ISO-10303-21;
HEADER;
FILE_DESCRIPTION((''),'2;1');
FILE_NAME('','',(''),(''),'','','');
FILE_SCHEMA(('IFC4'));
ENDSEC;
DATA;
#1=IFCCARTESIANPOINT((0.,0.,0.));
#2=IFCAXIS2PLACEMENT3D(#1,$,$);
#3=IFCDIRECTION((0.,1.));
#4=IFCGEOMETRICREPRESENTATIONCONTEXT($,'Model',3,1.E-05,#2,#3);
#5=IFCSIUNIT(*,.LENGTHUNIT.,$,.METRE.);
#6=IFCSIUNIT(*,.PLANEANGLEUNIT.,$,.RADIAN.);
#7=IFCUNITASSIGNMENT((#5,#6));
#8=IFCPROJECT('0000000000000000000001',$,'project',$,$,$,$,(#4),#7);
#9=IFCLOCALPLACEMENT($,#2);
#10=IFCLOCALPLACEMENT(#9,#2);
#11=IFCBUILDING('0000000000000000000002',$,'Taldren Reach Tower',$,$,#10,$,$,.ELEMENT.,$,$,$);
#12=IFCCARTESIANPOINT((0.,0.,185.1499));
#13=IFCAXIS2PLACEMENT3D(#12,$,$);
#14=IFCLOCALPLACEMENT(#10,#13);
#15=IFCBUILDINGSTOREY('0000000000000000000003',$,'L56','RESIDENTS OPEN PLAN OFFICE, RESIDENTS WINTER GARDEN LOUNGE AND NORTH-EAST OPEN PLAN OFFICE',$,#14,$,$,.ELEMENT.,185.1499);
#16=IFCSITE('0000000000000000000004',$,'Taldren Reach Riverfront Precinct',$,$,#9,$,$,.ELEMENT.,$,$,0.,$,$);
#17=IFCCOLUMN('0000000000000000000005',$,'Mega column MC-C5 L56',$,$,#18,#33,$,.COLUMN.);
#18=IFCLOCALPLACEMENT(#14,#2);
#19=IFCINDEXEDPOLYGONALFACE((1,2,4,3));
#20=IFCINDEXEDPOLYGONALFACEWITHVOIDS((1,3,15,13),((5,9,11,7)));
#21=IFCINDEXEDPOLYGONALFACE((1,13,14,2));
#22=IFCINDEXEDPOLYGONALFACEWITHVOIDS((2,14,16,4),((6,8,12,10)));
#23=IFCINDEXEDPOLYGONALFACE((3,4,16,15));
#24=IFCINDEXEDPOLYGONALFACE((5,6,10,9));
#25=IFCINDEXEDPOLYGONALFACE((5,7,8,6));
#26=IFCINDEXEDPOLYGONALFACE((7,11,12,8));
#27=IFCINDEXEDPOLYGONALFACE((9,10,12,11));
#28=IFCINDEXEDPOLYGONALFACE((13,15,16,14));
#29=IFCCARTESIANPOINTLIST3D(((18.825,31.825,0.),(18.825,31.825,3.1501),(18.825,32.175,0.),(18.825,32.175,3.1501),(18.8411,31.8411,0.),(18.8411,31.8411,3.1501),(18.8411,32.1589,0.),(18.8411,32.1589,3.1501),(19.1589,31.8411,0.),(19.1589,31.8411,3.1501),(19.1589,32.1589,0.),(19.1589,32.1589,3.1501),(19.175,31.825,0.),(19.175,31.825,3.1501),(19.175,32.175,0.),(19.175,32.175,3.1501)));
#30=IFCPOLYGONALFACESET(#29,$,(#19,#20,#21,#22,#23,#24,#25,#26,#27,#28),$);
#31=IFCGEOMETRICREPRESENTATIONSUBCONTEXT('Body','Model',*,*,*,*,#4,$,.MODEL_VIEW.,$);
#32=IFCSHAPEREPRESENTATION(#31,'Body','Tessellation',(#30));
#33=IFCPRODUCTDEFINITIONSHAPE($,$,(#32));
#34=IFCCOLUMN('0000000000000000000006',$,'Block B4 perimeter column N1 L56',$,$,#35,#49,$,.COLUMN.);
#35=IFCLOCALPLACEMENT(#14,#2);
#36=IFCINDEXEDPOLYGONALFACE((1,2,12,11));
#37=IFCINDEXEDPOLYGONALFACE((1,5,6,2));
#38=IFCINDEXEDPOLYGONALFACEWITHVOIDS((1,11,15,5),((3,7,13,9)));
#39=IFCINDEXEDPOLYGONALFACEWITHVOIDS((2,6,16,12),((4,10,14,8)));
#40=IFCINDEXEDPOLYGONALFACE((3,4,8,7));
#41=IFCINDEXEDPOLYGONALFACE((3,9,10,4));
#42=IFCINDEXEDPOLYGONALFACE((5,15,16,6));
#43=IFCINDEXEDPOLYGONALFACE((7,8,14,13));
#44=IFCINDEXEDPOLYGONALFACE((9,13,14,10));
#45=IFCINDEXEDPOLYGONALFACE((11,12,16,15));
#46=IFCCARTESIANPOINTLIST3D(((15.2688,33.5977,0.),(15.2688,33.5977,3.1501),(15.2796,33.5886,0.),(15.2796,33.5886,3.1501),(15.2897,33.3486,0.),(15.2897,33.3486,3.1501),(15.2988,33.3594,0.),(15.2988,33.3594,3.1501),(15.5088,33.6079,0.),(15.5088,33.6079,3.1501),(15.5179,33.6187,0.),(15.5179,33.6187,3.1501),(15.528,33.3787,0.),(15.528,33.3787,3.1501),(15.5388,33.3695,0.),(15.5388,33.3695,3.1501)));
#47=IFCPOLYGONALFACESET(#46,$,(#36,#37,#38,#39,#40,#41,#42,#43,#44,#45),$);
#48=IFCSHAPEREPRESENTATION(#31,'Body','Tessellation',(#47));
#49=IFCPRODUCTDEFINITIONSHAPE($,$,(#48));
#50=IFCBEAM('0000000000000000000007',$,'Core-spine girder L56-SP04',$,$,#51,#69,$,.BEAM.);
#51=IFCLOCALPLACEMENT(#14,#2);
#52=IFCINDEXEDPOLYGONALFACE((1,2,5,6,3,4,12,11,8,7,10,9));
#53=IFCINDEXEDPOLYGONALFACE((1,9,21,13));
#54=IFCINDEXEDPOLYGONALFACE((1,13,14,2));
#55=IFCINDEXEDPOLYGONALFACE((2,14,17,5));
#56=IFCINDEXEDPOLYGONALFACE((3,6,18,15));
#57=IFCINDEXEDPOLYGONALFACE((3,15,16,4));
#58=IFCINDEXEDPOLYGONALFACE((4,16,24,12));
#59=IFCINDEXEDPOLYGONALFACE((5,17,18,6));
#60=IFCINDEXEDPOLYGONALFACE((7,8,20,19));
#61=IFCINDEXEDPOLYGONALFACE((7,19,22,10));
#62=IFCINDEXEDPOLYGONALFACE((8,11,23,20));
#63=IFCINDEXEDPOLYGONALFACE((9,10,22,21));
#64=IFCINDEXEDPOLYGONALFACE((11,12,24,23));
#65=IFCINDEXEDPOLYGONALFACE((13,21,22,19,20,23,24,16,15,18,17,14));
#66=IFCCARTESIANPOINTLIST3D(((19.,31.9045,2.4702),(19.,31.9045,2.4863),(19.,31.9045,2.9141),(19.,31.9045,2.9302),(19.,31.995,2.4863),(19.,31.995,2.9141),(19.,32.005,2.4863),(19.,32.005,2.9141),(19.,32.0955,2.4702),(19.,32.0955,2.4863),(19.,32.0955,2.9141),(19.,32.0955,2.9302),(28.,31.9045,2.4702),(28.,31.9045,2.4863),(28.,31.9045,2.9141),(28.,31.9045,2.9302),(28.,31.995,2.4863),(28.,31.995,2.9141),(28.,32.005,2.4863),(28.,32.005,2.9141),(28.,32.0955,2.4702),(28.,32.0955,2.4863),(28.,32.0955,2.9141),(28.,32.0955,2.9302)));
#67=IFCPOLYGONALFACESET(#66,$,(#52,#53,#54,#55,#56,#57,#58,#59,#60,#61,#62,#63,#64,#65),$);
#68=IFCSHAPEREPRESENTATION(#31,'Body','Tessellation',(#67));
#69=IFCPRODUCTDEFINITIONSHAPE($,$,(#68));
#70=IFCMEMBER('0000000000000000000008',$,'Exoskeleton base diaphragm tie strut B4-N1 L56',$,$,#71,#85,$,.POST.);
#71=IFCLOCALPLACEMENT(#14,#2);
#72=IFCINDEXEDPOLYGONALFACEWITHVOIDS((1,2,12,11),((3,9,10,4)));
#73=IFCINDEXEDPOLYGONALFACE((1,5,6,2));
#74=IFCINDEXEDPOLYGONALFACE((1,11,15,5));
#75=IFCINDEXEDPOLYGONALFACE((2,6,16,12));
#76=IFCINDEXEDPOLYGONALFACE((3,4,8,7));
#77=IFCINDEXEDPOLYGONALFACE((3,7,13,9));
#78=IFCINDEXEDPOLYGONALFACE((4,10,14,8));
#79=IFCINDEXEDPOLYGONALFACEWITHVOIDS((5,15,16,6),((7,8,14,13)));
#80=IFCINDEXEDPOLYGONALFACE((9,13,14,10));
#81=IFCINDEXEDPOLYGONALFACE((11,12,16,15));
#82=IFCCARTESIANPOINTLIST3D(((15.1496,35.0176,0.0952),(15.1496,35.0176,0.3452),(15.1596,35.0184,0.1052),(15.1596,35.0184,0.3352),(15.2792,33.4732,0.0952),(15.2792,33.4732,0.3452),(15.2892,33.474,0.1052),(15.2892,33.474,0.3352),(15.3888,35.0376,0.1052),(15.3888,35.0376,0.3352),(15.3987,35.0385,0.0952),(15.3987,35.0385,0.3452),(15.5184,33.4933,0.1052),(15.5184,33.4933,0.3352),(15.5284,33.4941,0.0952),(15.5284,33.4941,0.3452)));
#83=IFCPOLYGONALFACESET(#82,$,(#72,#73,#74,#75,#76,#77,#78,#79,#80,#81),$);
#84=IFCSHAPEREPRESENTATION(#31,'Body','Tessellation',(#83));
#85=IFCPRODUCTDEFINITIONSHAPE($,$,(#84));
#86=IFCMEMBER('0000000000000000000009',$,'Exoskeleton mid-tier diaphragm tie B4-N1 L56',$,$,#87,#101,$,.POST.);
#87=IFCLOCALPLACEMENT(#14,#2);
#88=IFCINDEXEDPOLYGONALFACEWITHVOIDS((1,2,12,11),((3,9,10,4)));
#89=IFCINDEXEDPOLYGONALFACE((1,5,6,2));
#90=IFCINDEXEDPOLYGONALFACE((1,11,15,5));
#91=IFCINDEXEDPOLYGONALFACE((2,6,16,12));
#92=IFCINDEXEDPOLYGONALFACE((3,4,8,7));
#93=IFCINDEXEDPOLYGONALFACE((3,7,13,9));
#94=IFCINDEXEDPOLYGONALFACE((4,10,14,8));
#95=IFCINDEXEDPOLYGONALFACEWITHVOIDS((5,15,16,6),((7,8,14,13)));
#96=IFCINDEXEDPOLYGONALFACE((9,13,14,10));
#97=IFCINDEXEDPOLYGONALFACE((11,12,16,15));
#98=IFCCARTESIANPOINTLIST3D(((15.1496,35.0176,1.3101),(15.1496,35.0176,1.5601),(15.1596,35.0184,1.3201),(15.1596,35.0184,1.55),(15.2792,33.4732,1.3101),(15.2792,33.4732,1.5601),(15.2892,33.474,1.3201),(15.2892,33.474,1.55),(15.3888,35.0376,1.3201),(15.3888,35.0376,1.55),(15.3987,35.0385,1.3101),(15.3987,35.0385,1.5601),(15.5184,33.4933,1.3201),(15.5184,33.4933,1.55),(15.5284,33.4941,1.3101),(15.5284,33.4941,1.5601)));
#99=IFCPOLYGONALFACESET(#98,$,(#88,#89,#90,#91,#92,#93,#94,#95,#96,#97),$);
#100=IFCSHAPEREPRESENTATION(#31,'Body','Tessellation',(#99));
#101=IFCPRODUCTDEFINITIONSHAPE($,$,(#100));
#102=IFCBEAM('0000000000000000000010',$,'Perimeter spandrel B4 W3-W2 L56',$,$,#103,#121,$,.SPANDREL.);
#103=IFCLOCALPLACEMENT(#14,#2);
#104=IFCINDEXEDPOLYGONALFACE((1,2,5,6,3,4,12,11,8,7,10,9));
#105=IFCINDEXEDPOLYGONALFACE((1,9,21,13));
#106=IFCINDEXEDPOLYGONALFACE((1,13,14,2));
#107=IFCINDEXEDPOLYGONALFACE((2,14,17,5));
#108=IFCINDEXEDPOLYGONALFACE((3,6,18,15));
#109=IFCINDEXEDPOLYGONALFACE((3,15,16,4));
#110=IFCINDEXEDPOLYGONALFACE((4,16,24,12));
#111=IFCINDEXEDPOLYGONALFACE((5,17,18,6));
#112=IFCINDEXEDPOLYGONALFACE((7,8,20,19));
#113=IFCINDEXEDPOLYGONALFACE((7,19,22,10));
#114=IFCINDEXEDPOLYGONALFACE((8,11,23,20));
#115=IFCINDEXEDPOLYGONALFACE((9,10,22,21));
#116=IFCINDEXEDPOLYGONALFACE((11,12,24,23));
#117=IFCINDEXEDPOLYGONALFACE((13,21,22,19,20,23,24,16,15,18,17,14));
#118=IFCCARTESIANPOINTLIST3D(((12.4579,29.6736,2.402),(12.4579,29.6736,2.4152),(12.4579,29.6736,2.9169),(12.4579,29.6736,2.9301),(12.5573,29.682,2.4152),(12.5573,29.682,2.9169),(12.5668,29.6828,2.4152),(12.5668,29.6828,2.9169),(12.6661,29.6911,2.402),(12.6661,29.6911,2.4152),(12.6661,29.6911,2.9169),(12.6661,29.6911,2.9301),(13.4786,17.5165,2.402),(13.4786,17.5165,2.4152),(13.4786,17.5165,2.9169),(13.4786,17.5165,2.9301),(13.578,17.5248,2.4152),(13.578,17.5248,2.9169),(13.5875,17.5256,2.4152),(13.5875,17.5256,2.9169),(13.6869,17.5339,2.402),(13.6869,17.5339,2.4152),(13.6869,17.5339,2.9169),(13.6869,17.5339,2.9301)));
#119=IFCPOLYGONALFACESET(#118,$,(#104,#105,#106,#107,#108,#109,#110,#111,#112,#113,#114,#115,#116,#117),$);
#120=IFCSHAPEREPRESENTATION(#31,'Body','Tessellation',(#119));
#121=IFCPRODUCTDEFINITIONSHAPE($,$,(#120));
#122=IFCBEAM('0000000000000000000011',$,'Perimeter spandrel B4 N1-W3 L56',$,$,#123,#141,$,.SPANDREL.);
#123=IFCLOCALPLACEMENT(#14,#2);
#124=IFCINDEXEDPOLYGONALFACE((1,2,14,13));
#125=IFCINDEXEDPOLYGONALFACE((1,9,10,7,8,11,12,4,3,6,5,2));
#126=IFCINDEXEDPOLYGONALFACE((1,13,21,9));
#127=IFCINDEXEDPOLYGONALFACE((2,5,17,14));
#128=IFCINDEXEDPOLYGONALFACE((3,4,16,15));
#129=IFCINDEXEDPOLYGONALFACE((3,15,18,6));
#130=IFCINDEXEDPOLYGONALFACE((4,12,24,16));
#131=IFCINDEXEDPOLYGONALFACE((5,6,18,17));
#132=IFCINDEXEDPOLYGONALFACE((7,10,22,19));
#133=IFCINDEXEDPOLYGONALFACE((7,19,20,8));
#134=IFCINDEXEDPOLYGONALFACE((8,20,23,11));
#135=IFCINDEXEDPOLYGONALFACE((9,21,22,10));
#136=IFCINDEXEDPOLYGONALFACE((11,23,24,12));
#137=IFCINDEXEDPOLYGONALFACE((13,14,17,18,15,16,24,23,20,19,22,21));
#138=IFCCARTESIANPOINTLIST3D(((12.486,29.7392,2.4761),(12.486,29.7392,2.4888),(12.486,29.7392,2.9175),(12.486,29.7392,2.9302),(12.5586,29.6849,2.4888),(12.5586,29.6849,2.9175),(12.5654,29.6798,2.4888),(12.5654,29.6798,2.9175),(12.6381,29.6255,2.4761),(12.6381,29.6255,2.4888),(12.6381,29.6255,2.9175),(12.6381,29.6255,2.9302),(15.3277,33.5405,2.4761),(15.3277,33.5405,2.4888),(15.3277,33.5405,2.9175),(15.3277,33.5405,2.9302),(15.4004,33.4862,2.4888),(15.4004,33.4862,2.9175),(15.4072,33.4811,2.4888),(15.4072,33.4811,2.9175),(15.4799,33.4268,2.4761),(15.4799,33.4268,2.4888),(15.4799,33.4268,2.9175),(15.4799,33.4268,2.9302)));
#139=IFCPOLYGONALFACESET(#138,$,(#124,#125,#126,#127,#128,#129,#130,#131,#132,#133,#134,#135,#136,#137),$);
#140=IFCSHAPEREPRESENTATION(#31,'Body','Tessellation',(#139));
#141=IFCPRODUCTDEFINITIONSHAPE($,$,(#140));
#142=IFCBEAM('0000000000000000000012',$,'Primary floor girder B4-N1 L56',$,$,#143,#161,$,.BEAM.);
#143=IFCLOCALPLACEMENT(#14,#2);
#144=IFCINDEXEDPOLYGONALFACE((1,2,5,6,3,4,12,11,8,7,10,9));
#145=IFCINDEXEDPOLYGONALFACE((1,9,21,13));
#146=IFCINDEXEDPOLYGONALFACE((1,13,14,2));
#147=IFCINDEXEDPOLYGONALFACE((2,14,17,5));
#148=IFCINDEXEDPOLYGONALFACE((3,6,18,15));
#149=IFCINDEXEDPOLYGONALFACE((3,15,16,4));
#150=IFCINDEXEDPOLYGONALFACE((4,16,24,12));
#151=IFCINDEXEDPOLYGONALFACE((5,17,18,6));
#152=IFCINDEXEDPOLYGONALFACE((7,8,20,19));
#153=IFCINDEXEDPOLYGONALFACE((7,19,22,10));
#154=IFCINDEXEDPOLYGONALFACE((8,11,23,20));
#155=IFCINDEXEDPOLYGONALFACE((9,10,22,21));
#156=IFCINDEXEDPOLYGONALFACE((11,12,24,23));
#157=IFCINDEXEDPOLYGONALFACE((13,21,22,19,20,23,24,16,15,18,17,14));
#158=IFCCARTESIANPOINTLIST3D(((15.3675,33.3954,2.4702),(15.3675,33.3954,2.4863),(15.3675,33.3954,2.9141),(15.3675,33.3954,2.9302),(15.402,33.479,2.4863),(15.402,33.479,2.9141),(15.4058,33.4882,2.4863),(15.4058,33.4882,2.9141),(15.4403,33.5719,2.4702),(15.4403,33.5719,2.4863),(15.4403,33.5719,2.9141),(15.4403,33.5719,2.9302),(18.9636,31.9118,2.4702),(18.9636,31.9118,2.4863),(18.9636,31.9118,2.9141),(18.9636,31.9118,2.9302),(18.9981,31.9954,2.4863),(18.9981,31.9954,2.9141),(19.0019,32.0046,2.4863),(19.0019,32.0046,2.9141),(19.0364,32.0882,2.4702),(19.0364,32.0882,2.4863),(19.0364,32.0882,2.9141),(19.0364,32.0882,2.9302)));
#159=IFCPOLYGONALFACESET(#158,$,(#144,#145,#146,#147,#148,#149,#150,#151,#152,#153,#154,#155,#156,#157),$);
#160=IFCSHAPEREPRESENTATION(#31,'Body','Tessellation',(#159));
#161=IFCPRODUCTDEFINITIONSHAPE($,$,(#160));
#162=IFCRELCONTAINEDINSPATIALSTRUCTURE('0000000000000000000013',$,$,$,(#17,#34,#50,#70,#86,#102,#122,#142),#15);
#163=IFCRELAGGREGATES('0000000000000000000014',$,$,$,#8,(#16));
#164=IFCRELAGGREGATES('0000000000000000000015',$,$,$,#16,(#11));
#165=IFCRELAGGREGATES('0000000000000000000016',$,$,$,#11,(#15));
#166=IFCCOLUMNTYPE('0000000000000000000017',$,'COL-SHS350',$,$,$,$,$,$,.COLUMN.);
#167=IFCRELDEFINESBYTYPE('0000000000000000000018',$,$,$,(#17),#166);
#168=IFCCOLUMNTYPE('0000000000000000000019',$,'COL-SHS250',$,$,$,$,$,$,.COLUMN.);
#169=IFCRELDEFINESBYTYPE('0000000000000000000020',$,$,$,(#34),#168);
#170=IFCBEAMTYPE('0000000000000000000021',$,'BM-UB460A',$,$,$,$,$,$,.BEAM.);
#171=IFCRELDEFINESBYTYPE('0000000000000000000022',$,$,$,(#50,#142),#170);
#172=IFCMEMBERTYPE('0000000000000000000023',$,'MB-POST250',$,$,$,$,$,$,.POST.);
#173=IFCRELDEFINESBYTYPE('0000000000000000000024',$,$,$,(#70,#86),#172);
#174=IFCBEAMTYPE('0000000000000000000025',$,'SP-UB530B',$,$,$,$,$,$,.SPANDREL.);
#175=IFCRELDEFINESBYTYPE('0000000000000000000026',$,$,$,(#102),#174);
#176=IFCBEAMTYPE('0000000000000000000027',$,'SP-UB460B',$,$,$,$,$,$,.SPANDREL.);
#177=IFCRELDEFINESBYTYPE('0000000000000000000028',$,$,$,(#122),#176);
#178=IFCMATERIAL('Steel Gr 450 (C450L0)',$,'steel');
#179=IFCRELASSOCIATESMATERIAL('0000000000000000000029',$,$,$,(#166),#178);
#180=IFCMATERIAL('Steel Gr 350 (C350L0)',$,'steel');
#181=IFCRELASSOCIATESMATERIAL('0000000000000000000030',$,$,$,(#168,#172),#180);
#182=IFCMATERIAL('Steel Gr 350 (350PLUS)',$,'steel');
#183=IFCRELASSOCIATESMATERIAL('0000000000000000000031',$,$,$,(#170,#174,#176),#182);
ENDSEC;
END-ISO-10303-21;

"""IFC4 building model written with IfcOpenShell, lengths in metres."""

from ifc_helpers import new_model, si_unit, direction, frame, origin, origin_2d, place, context, subcontext, project, spatial, hollow_rectangle, i_section, extrude, source, transform, mapped, material, material_profile, profile_set, type_object, element, save


model = new_model("IFC4")

# Units and contexts
model_context = context("Model", 3, precision=1e-05, world=origin(), true_north=direction((0.0, 1.0)))
body_context = subcontext(model_context, "Body", "Model", "MODEL_VIEW")
ifc_project = project(units=[si_unit("LENGTHUNIT", "METRE"), si_unit("PLANEANGLEUNIT", "RADIAN")], contexts=[model_context])

# Site, building, storey
site_placement = place(None, origin())
site = spatial("IfcSite", under=ifc_project, at=site_placement, Name="Taldren Reach Riverfront Precinct", CompositionType="ELEMENT", RefElevation=0.0)
building_placement = place(site_placement, origin())
building = spatial("IfcBuilding", under=site, at=building_placement, Name="Taldren Reach Tower", CompositionType="ELEMENT")
storey_placement = place(building_placement, frame((0.0, 0.0, 185.1499)))
storey = spatial("IfcBuildingStorey", under=building, at=storey_placement, Name="L56", Description="RESIDENTS OPEN PLAN OFFICE, RESIDENTS WINTER GARDEN LOUNGE AND NORTH-EAST OPEN PLAN OFFICE", CompositionType="ELEMENT", Elevation=185.1499)

# Columns
ifc_material_1 = material(Name="Steel Gr 450 (C450L0)", Category="steel")
ifc_material_profile_1 = material_profile(ifc_material_1, hollow_rectangle(XDim=0.3501, YDim=0.3501, WallThickness=0.0161, at=origin_2d()), Name="350x350x16.0SHS")
ifc_profile_set_1 = profile_set([ifc_material_profile_1], Name="Steel Gr 450 (C450L0)")
column_type_1 = type_object("IfcColumnType", Name="COL-SHS350", PredefinedType="COLUMN", material=ifc_profile_set_1)
shared_shape_1 = source(origin(), body_context, "Body", "SweptSolid", [
    extrude(hollow_rectangle(XDim=0.3501, YDim=0.3501, WallThickness=0.0161, at=origin_2d()), origin(), (0.0, 0.0, 1.0), 3.1501),
])
column_1_placement = place(storey_placement, frame((19.0, 32.0, 0.0), z_axis=(0.0, 0.0, 1.0), x_axis=(1.0, 0.0, 0.0)))
element("IfcColumn", 1, at=column_1_placement, inside=storey, type_object=column_type_1, Name="Mega column MC-C5 L56", PredefinedType="COLUMN", context=body_context, shape_type="MappedRepresentation", body=[
    mapped(shared_shape_1, transform((0.0, 0.0, 0.0), scale=1.0)),
])
ifc_material_2 = material(Name="Steel Gr 350 (C350L0)", Category="steel")
ifc_material_profile_2 = material_profile(ifc_material_2, hollow_rectangle(XDim=0.25, YDim=0.25, WallThickness=0.01, at=origin_2d()), Name="250x250x10.0SHS")
ifc_profile_set_2 = profile_set([ifc_material_profile_2], Name="Steel Gr 350 (C350L0)")
column_type_2 = type_object("IfcColumnType", Name="COL-SHS250", PredefinedType="COLUMN", material=ifc_profile_set_2)
shared_shape_2 = source(origin(), body_context, "Body", "SweptSolid", [
    extrude(hollow_rectangle(XDim=0.25, YDim=0.25, WallThickness=0.01, at=origin_2d()), origin(), (0.0, 0.0, 1.0), 3.1501),
])
column_2_placement = place(storey_placement, frame((15.4038, 33.4836, 0.0), z_axis=(0.0, 0.0, 1.0), x_axis=(0.996493, 0.083678, 0.0)))
element("IfcColumn", 2, at=column_2_placement, inside=storey, type_object=column_type_2, Name="Block B4 perimeter column N1 L56", PredefinedType="COLUMN", context=body_context, shape_type="MappedRepresentation", body=[
    mapped(shared_shape_2, transform((0.0, 0.0, 0.0), scale=1.0)),
])

# Beam
ifc_material_3 = material(Name="Steel Gr 350 (350PLUS)", Category="steel")
ifc_material_profile_3 = material_profile(ifc_material_3, i_section(OverallWidth=0.1909, OverallDepth=0.46, WebThickness=0.01, FlangeThickness=0.0161, at=origin_2d()), Name="460UB82.1")
ifc_profile_set_3 = profile_set([ifc_material_profile_3], Name="Steel Gr 350 (350PLUS)")
beam_type_1 = type_object("IfcBeamType", Name="BM-UB460A", PredefinedType="BEAM", material=ifc_profile_set_3)
shared_shape_3 = source(origin(), body_context, "Body", "SweptSolid", [
    extrude(i_section(OverallWidth=0.1909, OverallDepth=0.46, WebThickness=0.01, FlangeThickness=0.0161, at=origin_2d()), origin(), (0.0, 0.0, 1.0), 9.0),
])
beam_1_placement = place(storey_placement, frame((19.0, 32.0, 2.7002), z_axis=(1.0, 0.0, 0.0), x_axis=(0.0, 1.0, 0.0)))
element("IfcBeam", 3, at=beam_1_placement, inside=storey, type_object=beam_type_1, Name="Core-spine girder L56-SP04", PredefinedType="BEAM", context=body_context, shape_type="MappedRepresentation", body=[
    mapped(shared_shape_3, transform((0.0, 0.0, 0.0), scale=1.0)),
])

# Members
ifc_material_profile_4 = material_profile(ifc_material_2, hollow_rectangle(XDim=0.25, YDim=0.25, WallThickness=0.01, at=origin_2d()), Name="250x250x10.0SHS")
ifc_profile_set_4 = profile_set([ifc_material_profile_4], Name="Steel Gr 350 (C350L0)")
member_type_1 = type_object("IfcMemberType", Name="MB-POST250", PredefinedType="POST", material=ifc_profile_set_4)
shared_shape_4 = source(origin(), body_context, "Body", "SweptSolid", [
    extrude(hollow_rectangle(XDim=0.25, YDim=0.25, WallThickness=0.01, at=origin_2d()), origin(), (0.0, 0.0, 1.0), 1.5498),
])
for number, where, z_axis, x_axis, name in (
    (4, (15.4038, 33.4836, 0.2202), (-0.083645, 0.996496, 0.0), (-0.996496, -0.083645, 0.0), "Exoskeleton base diaphragm tie strut B4-N1 L56"),
    (5, (15.4038, 33.4836, 1.4351), (-0.083645, 0.996496, 0.0), (-0.996496, -0.083645, 0.0), "Exoskeleton mid-tier diaphragm tie B4-N1 L56"),
):
    element("IfcMember", number, at=place(storey_placement, frame(where, z_axis=z_axis, x_axis=x_axis)), inside=storey, type_object=member_type_1, Name=name, PredefinedType="POST", context=body_context, shape_type="MappedRepresentation", body=[
        mapped(shared_shape_4, transform((0.0, 0.0, 0.0), scale=1.0)),
    ])

# Beams
ifc_material_profile_5 = material_profile(ifc_material_3, i_section(OverallWidth=0.209, OverallDepth=0.5281, WebThickness=0.0095, FlangeThickness=0.0132, at=origin_2d()), Name="530UB82.0")
ifc_profile_set_5 = profile_set([ifc_material_profile_5], Name="Steel Gr 350 (350PLUS)")
beam_type_2 = type_object("IfcBeamType", Name="SP-UB530B", PredefinedType="SPANDREL", material=ifc_profile_set_5)
shared_shape_5 = source(origin(), body_context, "Body", "SweptSolid", [
    extrude(i_section(OverallWidth=0.209, OverallDepth=0.5281, WebThickness=0.0095, FlangeThickness=0.0132, at=origin_2d()), origin(), (0.0, 0.0, 1.0), 12.2),
])
beam_2_placement = place(storey_placement, frame((12.562, 29.6824, 2.666), z_axis=(0.083668, -0.996494, 0.0), x_axis=(0.996494, 0.083668, 0.0)))
element("IfcBeam", 6, at=beam_2_placement, inside=storey, type_object=beam_type_2, Name="Perimeter spandrel B4 W3-W2 L56", PredefinedType="SPANDREL", context=body_context, shape_type="MappedRepresentation", body=[
    mapped(shared_shape_5, transform((0.0, 0.0, 0.0), scale=1.0)),
])
ifc_material_profile_6 = material_profile(ifc_material_3, i_section(OverallWidth=0.1899, OverallDepth=0.4541, WebThickness=0.0085, FlangeThickness=0.0127, at=origin_2d()), Name="460UB67.1")
ifc_profile_set_6 = profile_set([ifc_material_profile_6], Name="Steel Gr 350 (350PLUS)")
beam_type_3 = type_object("IfcBeamType", Name="SP-UB460B", PredefinedType="SPANDREL", material=ifc_profile_set_6)
shared_shape_6 = source(origin(), body_context, "Body", "SweptSolid", [
    extrude(i_section(OverallWidth=0.1899, OverallDepth=0.4541, WebThickness=0.0085, FlangeThickness=0.0127, at=origin_2d()), origin(), (0.0, 0.0, 1.0), 4.7461),
])
beam_3_placement = place(storey_placement, frame((15.4038, 33.4836, 2.7031), z_axis=(-0.598765, -0.800925, 0.0), x_axis=(0.800925, -0.598765, 0.0)))
element("IfcBeam", 7, at=beam_3_placement, inside=storey, type_object=beam_type_3, Name="Perimeter spandrel B4 N1-W3 L56", PredefinedType="SPANDREL", context=body_context, shape_type="MappedRepresentation", body=[
    mapped(shared_shape_6, transform((0.0, 0.0, 0.0), scale=1.0)),
])
shared_shape_7 = source(origin(), body_context, "Body", "SweptSolid", [
    extrude(i_section(OverallWidth=0.1909, OverallDepth=0.46, WebThickness=0.01, FlangeThickness=0.0161, at=origin_2d()), origin(), (0.0, 0.0, 1.0), 3.8901),
])
beam_4_placement = place(storey_placement, frame((19.0, 32.0, 2.7002), z_axis=(-0.924419, 0.381378, 0.0), x_axis=(-0.381378, -0.924419, 0.0)))
element("IfcBeam", 8, at=beam_4_placement, inside=storey, type_object=beam_type_1, Name="Primary floor girder B4-N1 L56", PredefinedType="BEAM", context=body_context, shape_type="MappedRepresentation", body=[
    mapped(shared_shape_7, transform((0.0, 0.0, 0.0), scale=1.0)),
])

save(model, "model.ifc")
